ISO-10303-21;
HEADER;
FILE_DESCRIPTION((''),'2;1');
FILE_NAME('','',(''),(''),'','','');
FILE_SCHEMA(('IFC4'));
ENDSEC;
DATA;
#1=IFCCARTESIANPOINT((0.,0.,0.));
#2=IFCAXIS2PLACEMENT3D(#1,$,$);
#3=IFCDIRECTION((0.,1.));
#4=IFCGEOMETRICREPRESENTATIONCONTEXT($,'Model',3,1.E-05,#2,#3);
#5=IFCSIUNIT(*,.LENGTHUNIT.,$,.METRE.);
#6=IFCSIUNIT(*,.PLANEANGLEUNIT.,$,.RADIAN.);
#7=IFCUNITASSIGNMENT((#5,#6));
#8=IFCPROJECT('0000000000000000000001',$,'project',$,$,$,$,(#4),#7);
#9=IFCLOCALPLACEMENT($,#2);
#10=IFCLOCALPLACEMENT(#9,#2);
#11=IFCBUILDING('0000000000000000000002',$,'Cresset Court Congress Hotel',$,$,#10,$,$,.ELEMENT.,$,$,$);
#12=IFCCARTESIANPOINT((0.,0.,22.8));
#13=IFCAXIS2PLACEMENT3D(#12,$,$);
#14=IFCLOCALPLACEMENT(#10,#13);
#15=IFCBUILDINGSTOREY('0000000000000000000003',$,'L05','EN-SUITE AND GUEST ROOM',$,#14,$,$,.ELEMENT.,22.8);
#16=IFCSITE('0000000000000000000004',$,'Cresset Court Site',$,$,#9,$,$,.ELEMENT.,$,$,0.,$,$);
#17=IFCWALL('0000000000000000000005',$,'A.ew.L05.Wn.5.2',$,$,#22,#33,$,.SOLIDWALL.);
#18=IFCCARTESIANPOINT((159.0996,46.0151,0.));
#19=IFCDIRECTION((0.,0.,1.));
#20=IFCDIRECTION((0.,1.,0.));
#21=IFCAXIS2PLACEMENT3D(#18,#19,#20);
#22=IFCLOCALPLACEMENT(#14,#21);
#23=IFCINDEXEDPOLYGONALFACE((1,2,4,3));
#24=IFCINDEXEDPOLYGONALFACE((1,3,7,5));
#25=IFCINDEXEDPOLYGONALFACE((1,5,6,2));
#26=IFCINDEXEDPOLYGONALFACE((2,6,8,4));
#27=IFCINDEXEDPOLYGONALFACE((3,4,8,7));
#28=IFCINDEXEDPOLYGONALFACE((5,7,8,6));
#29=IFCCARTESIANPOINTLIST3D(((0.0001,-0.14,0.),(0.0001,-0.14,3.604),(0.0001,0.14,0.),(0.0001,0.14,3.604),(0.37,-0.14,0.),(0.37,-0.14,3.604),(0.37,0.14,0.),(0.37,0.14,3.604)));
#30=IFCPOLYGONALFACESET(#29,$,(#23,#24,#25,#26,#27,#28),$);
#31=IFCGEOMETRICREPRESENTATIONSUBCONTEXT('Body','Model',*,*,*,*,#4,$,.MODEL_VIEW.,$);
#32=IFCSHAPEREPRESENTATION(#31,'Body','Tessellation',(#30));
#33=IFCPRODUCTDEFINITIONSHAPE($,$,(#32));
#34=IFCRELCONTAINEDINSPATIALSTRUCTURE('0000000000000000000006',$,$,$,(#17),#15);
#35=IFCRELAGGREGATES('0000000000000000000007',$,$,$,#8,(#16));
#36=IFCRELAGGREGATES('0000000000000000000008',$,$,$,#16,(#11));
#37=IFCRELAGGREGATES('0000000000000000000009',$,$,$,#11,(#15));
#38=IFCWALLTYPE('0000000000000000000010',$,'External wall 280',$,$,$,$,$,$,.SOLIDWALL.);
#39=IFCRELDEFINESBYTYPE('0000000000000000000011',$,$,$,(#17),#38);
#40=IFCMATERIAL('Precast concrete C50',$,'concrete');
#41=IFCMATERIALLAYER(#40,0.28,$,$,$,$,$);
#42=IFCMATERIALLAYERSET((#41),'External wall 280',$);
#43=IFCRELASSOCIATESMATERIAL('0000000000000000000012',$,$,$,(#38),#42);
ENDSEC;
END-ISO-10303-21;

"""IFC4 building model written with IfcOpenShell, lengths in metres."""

from ifc_helpers import new_model, si_unit, direction, frame, frame_2d, origin, place, context, subcontext, project, spatial, rectangle, extrude, material, layer, layer_set, type_object, element, save


model = new_model("IFC4")

# Units and contexts
model_context = context("Model", 3, precision=1e-05, world=origin(), true_north=direction((0.0, 1.0)))
body_context = subcontext(model_context, "Body", "Model", "MODEL_VIEW")
ifc_project = project(units=[si_unit("LENGTHUNIT", "METRE"), si_unit("PLANEANGLEUNIT", "RADIAN")], contexts=[model_context])

# Site, building, storey
site_placement = place(None, origin())
site = spatial("IfcSite", under=ifc_project, at=site_placement, Name="Cresset Court Site", CompositionType="ELEMENT", RefElevation=0.0)
building_placement = place(site_placement, origin())
building = spatial("IfcBuilding", under=site, at=building_placement, Name="Cresset Court Congress Hotel", CompositionType="ELEMENT")
storey_placement = place(building_placement, frame((0.0, 0.0, 22.8)))
storey = spatial("IfcBuildingStorey", under=building, at=storey_placement, Name="L05", Description="EN-SUITE AND GUEST ROOM", CompositionType="ELEMENT", Elevation=22.8)

# Shared definitions
ifc_material_1 = material(Name="Precast concrete C50", Category="concrete")
ifc_layer_1 = layer(ifc_material_1, 0.28)
ifc_layer_set_1 = layer_set([ifc_layer_1], Name="External wall 280")
wall_type_1 = type_object("IfcWallType", Name="External wall 280", PredefinedType="SOLIDWALL", material=ifc_layer_set_1)

# Wall
wall_1_placement = place(storey_placement, frame((159.0996, 46.0151, 0.0), z_axis=(0.0, 0.0, 1.0), x_axis=(0.0, 1.0, 0.0)))
element("IfcWall", 1, at=wall_1_placement, inside=storey, type_object=wall_type_1, Name="A.ew.L05.Wn.5.2", PredefinedType="SOLIDWALL", context=body_context, shape_type="SweptSolid", body=[
    extrude(rectangle(XDim=0.3699, YDim=0.28, at=frame_2d((0.1851, 0.0))), origin(), (0.0, 0.0, 1.0), 3.604),
])

save(model, "model.ifc")
